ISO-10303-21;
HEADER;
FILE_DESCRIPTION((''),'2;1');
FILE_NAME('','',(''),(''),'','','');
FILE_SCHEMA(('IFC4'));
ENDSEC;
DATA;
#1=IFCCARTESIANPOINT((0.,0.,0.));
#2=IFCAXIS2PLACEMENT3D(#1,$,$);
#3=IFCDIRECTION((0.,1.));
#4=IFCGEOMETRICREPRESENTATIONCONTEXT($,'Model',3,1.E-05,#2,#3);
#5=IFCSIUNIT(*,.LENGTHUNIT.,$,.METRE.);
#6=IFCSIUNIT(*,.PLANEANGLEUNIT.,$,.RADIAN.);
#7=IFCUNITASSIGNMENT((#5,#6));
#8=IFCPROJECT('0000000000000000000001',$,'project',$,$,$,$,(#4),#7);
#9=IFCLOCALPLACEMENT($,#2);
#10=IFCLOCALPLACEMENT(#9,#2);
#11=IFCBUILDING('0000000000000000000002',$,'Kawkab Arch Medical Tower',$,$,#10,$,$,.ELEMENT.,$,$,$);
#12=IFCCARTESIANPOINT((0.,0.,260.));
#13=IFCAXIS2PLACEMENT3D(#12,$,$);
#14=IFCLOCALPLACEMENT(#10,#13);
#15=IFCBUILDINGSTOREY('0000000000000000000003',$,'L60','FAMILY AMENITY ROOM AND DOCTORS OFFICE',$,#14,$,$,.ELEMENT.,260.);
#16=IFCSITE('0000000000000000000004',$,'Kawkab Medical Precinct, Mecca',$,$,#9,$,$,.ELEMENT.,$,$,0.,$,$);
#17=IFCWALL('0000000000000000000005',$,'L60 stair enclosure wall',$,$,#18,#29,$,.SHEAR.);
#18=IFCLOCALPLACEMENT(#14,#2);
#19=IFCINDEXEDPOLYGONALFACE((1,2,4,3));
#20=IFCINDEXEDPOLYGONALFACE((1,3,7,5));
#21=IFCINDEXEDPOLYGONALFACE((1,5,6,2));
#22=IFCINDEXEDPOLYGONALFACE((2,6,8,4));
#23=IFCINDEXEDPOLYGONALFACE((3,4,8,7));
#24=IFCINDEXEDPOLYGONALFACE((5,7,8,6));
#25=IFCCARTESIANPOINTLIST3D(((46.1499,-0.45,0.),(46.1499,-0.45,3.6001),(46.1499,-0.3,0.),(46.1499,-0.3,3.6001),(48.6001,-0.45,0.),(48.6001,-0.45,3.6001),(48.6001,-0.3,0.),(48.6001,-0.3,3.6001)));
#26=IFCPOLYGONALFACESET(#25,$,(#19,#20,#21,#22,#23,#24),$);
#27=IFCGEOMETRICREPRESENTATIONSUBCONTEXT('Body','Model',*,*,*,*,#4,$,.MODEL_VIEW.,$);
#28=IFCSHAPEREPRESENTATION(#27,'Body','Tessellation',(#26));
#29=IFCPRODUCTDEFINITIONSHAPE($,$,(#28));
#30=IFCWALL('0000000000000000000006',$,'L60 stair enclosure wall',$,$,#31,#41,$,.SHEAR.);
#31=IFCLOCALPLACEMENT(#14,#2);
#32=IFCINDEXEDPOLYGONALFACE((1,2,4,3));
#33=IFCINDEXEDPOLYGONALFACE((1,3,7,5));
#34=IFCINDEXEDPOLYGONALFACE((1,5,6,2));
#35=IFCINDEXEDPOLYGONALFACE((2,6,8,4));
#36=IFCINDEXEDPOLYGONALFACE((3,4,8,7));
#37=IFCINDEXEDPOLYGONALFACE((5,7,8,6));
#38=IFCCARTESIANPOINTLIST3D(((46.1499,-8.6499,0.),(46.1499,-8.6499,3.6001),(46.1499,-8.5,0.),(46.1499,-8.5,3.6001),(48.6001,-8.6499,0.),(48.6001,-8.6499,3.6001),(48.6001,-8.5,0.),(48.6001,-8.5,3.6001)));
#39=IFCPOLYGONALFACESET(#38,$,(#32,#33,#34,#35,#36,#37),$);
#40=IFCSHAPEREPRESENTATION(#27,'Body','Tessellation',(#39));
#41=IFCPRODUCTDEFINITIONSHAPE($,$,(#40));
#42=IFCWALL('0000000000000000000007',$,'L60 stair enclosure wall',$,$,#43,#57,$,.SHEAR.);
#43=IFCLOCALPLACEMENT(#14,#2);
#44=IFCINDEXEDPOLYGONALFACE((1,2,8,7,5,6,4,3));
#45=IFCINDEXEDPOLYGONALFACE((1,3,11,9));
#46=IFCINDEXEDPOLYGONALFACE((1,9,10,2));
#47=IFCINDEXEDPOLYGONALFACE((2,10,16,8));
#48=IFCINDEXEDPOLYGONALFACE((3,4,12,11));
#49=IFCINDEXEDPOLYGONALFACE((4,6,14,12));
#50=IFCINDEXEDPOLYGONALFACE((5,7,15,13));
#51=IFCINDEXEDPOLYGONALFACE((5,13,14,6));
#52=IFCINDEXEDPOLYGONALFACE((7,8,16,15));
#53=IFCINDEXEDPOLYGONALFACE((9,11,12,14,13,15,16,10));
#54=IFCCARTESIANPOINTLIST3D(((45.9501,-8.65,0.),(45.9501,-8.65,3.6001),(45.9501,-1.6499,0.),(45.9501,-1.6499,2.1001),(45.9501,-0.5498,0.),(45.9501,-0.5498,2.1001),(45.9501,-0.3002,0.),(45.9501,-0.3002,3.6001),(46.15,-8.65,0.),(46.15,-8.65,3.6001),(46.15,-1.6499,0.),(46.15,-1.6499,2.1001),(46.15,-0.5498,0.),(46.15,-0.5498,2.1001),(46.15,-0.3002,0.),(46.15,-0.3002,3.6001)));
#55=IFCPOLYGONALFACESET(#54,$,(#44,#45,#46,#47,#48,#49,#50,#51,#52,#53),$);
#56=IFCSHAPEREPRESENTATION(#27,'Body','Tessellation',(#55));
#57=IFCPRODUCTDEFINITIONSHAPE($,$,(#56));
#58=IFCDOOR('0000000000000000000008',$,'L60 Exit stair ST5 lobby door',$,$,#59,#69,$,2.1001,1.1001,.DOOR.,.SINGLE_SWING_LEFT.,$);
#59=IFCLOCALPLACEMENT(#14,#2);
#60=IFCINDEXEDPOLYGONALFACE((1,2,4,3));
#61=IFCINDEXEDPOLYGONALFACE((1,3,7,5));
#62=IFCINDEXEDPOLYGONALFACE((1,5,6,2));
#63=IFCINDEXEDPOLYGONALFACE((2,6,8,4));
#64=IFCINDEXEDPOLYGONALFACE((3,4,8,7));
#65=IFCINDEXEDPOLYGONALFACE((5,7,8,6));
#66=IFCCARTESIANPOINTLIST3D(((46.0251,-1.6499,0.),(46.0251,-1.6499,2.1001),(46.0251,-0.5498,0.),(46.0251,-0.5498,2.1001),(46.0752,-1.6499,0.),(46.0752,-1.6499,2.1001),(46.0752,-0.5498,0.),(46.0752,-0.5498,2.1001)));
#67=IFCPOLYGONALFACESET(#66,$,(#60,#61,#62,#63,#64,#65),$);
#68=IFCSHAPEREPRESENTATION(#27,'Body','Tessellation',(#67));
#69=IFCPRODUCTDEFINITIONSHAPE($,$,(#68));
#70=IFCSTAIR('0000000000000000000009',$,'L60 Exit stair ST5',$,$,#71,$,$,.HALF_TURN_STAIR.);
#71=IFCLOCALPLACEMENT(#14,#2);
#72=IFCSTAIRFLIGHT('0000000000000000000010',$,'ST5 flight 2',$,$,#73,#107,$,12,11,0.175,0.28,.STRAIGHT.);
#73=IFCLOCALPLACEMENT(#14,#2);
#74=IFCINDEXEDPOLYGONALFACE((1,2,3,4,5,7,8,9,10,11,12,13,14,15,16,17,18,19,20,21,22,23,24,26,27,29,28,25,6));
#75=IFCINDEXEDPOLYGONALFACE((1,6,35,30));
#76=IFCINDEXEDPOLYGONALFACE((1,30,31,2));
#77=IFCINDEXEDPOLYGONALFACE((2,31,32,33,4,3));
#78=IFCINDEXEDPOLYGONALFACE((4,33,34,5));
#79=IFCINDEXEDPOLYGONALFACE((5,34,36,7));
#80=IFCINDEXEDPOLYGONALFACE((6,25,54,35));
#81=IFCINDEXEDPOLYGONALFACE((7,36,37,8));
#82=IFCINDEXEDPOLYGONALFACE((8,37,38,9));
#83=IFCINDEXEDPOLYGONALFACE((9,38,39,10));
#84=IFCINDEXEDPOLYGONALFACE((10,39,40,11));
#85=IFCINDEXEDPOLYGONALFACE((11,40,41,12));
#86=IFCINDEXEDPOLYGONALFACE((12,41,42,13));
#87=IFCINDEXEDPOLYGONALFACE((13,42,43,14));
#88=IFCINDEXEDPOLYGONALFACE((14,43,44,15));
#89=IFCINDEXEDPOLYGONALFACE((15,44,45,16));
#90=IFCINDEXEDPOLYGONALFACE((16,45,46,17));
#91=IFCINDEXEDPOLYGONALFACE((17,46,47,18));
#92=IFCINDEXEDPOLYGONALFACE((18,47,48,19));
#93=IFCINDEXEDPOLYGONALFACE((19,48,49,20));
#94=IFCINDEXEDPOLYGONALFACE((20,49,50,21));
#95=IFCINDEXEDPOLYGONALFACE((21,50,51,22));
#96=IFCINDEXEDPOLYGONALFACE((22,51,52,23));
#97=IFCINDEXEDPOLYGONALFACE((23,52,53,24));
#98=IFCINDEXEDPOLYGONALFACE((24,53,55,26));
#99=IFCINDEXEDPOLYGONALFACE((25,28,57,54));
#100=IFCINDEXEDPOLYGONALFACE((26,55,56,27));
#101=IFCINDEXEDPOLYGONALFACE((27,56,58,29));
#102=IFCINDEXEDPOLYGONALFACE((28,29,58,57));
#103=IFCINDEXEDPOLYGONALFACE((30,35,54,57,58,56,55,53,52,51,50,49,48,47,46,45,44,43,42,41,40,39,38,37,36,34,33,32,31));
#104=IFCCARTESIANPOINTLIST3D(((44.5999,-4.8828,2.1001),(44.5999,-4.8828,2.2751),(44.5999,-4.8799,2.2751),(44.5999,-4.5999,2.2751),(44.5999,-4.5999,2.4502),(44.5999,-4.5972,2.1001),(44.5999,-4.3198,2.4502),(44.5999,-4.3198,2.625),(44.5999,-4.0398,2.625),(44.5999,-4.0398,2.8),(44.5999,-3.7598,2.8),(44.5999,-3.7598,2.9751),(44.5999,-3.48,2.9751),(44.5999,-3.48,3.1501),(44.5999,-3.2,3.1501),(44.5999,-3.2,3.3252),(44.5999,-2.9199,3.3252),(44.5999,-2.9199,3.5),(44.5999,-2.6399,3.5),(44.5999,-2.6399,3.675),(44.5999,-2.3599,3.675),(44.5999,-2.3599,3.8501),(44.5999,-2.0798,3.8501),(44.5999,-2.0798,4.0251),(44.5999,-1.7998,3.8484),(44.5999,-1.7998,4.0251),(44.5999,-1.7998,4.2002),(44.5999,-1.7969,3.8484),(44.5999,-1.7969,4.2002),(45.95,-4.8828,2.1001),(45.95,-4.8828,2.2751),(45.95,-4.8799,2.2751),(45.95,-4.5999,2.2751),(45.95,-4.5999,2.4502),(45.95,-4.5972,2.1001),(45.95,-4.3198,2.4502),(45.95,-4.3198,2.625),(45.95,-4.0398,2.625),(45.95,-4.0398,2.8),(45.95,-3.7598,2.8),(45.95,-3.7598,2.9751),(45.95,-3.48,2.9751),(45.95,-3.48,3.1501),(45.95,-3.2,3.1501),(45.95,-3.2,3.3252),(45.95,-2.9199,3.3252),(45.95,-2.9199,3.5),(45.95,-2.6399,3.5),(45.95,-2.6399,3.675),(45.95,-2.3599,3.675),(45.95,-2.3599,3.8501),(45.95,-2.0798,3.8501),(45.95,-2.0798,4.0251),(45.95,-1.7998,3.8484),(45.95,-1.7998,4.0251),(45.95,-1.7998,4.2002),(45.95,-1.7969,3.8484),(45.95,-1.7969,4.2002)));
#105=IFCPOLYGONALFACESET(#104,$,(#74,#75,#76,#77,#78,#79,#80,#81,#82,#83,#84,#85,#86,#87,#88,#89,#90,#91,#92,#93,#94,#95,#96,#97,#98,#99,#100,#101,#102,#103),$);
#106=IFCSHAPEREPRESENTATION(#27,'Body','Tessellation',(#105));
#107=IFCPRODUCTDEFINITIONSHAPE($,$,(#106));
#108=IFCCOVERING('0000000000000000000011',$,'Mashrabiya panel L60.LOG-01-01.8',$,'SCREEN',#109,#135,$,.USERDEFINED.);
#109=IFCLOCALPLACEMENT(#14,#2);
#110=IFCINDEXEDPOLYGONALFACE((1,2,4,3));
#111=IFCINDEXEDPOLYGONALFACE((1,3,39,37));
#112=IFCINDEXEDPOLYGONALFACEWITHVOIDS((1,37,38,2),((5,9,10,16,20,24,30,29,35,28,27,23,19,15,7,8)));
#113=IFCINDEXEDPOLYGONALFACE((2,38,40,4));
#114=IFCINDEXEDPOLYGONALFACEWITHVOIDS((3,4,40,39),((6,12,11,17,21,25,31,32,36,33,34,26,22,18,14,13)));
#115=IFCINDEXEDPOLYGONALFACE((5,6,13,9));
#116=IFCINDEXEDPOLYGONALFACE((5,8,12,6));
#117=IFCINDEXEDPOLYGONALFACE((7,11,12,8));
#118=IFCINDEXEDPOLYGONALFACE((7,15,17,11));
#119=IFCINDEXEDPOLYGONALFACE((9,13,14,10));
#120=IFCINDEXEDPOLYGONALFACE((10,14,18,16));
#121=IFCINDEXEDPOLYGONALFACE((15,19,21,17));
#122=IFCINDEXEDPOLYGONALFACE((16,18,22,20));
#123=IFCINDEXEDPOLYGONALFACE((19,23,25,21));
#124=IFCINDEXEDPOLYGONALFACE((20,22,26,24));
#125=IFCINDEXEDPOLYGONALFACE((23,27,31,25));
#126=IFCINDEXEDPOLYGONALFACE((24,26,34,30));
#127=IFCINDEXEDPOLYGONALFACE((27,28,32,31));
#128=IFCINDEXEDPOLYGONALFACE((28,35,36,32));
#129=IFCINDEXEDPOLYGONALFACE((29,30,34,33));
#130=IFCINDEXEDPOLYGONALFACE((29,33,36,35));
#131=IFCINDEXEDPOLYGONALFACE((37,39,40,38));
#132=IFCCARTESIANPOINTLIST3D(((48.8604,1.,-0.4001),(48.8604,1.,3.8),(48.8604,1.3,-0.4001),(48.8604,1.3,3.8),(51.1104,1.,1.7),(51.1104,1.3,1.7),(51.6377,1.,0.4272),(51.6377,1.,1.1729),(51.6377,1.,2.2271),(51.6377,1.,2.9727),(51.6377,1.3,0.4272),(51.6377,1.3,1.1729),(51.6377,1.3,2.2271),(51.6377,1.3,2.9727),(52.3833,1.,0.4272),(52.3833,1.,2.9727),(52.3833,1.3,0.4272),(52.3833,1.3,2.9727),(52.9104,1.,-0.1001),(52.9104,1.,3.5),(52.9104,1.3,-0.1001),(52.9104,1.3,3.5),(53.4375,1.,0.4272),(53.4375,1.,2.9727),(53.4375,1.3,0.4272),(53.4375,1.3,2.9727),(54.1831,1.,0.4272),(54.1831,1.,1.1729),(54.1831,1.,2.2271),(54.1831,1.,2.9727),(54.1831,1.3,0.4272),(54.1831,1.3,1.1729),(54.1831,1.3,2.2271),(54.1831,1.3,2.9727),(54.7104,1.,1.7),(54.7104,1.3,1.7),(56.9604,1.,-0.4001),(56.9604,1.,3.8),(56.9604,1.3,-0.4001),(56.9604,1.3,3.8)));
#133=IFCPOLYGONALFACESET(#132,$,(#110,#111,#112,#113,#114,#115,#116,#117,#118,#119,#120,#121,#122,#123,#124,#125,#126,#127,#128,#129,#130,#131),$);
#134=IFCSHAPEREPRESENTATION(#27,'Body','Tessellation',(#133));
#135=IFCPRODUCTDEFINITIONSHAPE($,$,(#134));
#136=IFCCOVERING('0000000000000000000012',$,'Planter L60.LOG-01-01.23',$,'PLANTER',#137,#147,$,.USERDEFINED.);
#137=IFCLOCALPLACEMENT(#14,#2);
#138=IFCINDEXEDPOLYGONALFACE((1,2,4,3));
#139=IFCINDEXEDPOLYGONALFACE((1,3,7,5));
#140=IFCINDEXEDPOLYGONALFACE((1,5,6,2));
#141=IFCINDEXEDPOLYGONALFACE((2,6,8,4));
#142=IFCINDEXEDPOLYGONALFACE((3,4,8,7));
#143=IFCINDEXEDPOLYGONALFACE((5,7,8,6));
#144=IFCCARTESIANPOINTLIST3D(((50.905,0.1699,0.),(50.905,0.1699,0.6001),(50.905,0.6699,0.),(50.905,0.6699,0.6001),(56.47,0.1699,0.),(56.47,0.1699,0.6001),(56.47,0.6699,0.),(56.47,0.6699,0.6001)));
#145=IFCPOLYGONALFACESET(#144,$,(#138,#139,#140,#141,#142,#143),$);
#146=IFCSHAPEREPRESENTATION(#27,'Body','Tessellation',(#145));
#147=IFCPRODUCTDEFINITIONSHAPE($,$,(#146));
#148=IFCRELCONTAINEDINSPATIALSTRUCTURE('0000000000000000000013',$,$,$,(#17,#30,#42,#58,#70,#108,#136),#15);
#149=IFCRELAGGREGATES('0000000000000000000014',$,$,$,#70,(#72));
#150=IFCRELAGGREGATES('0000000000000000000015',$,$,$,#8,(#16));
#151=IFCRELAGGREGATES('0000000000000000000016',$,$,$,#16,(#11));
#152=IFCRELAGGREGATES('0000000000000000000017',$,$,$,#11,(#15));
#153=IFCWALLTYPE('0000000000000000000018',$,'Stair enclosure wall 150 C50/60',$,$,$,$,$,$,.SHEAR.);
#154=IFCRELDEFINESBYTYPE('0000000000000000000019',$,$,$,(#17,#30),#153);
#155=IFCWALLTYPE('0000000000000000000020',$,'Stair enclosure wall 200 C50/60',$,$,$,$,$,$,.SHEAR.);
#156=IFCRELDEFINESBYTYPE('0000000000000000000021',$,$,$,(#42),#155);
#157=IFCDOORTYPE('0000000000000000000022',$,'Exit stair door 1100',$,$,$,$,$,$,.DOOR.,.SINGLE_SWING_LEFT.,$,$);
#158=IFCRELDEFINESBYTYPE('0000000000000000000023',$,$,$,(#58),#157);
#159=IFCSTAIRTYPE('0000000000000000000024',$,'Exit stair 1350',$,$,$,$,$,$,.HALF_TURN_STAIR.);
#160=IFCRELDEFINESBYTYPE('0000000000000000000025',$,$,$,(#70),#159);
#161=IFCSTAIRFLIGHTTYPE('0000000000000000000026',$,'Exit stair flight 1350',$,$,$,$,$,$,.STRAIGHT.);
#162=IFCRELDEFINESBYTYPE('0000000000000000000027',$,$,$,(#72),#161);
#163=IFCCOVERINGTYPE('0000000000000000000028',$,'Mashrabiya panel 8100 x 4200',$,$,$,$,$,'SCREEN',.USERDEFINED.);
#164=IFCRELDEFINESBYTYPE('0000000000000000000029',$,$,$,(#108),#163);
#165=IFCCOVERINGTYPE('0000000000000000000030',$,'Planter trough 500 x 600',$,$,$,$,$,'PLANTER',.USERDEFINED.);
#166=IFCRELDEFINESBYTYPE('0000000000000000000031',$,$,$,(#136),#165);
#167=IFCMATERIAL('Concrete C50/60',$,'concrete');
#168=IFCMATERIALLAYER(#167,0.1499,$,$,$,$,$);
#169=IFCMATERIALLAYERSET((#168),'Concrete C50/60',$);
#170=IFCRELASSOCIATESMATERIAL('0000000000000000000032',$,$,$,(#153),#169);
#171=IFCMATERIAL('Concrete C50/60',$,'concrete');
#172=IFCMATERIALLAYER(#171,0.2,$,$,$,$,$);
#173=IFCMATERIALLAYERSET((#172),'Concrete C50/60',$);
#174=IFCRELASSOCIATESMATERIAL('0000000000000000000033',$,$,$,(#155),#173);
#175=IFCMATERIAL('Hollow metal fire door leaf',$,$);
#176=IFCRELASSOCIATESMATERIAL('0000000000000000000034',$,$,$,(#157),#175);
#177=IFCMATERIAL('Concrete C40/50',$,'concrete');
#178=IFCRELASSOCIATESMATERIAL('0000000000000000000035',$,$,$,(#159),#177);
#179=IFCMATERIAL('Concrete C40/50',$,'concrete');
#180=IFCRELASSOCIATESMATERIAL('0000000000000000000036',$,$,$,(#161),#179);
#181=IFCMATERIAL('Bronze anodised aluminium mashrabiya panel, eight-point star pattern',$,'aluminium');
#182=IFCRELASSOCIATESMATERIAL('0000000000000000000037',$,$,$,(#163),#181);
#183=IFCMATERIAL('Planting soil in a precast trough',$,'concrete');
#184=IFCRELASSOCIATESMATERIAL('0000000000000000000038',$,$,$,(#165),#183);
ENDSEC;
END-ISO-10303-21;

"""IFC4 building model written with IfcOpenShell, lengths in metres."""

from ifc_helpers import new_model, si_unit, direction, frame, frame_2d, origin, origin_2d, place, context, subcontext, project, spatial, polyline, rectangle, outline, extrude, material, layer, layer_set, material_profile, profile_set, type_object, element, fill, aggregate, save


model = new_model("IFC4")

# Units and contexts
model_context = context("Model", 3, precision=1e-05, world=origin(), true_north=direction((0.0, 1.0)))
body_context = subcontext(model_context, "Body", "Model", "MODEL_VIEW")
ifc_project = project(units=[si_unit("LENGTHUNIT", "METRE"), si_unit("PLANEANGLEUNIT", "RADIAN")], contexts=[model_context])

# Site, building, storey
site_placement = place(None, origin())
site = spatial("IfcSite", under=ifc_project, at=site_placement, Name="Kawkab Medical Precinct, Mecca", CompositionType="ELEMENT", RefElevation=0.0)
building_placement = place(site_placement, origin())
building = spatial("IfcBuilding", under=site, at=building_placement, Name="Kawkab Arch Medical Tower", CompositionType="ELEMENT")
storey_placement = place(building_placement, frame((0.0, 0.0, 260.0)))
storey = spatial("IfcBuildingStorey", under=building, at=storey_placement, Name="L60", Description="FAMILY AMENITY ROOM AND DOCTORS OFFICE", CompositionType="ELEMENT", Elevation=260.0)

# Shared definitions
placement = place(storey_placement, origin())

# Walls
ifc_material_1 = material(Name="Concrete C50/60", Category="concrete")
ifc_layer_1 = layer(ifc_material_1, 0.1499)
ifc_layer_set_1 = layer_set([ifc_layer_1], Name="Concrete C50/60")
wall_type_1 = type_object("IfcWallType", Name="Stair enclosure wall 150 C50/60", PredefinedType="SHEAR", material=ifc_layer_set_1)
for number, where, z_axis, x_axis, name in (
    (1, (46.1499, -0.375, 0.0), (0.0, 0.0, 1.0), (1.0, 0.0, 0.0), "L60 stair enclosure wall"),
    (2, (46.1499, -8.575, 0.0), (0.0, 0.0, 1.0), (1.0, 0.0, 0.0), "L60 stair enclosure wall"),
):
    element("IfcWall", number, at=place(storey_placement, frame(where, z_axis=z_axis, x_axis=x_axis)), inside=storey, type_object=wall_type_1, Name=name, PredefinedType="SHEAR", context=body_context, shape_type="SweptSolid", body=[
        extrude(rectangle(XDim=2.4502, YDim=0.1499, at=frame_2d((1.2251, 0.0))), origin(), (0.0, 0.0, 1.0), 3.6001),
    ])

# Wall, opening, door
ifc_material_2 = material(Name="Concrete C50/60", Category="concrete")
ifc_layer_2 = layer(ifc_material_2, 0.2)
ifc_layer_set_2 = layer_set([ifc_layer_2], Name="Concrete C50/60")
wall_type_2 = type_object("IfcWallType", Name="Stair enclosure wall 200 C50/60", PredefinedType="SHEAR", material=ifc_layer_set_2)
wall_1_placement = place(storey_placement, frame((46.05, -8.6499, 0.0), z_axis=(0.0, 0.0, 1.0), x_axis=(0.0, 1.0, 0.0)))
wall_1 = element("IfcWall", 3, at=wall_1_placement, inside=storey, type_object=wall_type_2, Name="L60 stair enclosure wall", PredefinedType="SHEAR", context=body_context, shape_type="SweptSolid", body=[
    extrude(rectangle(XDim=8.3499, YDim=0.2, at=frame_2d((4.1748, 0.0))), origin(), (0.0, 0.0, 1.0), 3.6001),
])
opening_1_placement = place(wall_1_placement, frame((7.0, 0.0, 0.0)))
opening_1 = element("IfcOpeningElement", 4, at=opening_1_placement, cuts=wall_1, PredefinedType="OPENING", context=body_context, shape_type="SweptSolid", body=[
    extrude(rectangle(XDim=1.1001, YDim=2.1001, at=frame_2d((0.55, 1.05))), frame((0.0, 0.1099, 0.0), z_axis=(0.0, -1.0, 0.0), x_axis=(1.0, 0.0, 0.0)), (0.0, 0.0, 1.0), 0.22),
])
ifc_material_3 = material(Name="Hollow metal fire door leaf")
door_type_1 = type_object("IfcDoorType", Name="Exit stair door 1100", OperationType="SINGLE_SWING_LEFT", PredefinedType="DOOR", material=ifc_material_3)
door_1_placement = place(opening_1_placement, origin())
door_1 = element("IfcDoor", 5, at=door_1_placement, inside=storey, type_object=door_type_1, Name="L60 Exit stair ST5 lobby door", OperationType="SINGLE_SWING_LEFT", OverallHeight=2.1001, OverallWidth=1.1001, PredefinedType="DOOR", context=body_context, shape_type="SweptSolid", body=[
    extrude(rectangle(XDim=1.1001, YDim=2.1001, at=frame_2d((0.55, 1.05))), frame((0.0, 0.0249, 0.0), z_axis=(0.0, -1.0, 0.0), x_axis=(1.0, 0.0, 0.0)), (0.0, 0.0, 1.0), 0.05),
])
fill(opening_1, door_1)

# Stair, stair flight
ifc_material_4 = material(Name="Concrete C40/50", Category="concrete")
stair_type = type_object("IfcStairType", Name="Exit stair 1350", PredefinedType="HALF_TURN_STAIR", material=ifc_material_4)
stair = element("IfcStair", 6, at=placement, inside=storey, type_object=stair_type, Name="L60 Exit stair ST5", PredefinedType="HALF_TURN_STAIR")
ifc_material_5 = material(Name="Concrete C40/50", Category="concrete")
stair_flight_type = type_object("IfcStairFlightType", Name="Exit stair flight 1350", PredefinedType="STRAIGHT", material=ifc_material_5)
stair_flight_placement = place(storey_placement, frame((45.2749, -4.8799, 2.1001), z_axis=(0.0, 0.0, 1.0), x_axis=(0.0, 1.0, 0.0)))
stair_flight = element("IfcStairFlight", 7, at=stair_flight_placement, type_object=stair_flight_type, Name="ST5 flight 2", NumberOfRisers=12, NumberOfTreads=11, PredefinedType="STRAIGHT", RiserHeight=0.175, TreadLength=0.28, context=body_context, shape_type="SweptSolid", body=[
    extrude(outline(polyline([(-0.0029, 0.0), (-0.0029, 0.175), (0.0, 0.175), (0.28, 0.175), (0.28, 0.3501), (0.5601, 0.3501), (0.5601, 0.5249), (0.8401, 0.5249), (0.8401, 0.7), (1.1201, 0.7), (1.1201, 0.875), (1.3999, 0.875), (1.3999, 1.05), (1.6799, 1.05), (1.6799, 1.2251), (1.96, 1.2251), (1.96, 1.3999), (2.24, 1.3999), (2.24, 1.575), (2.52, 1.575), (2.52, 1.75), (2.8, 1.75), (2.8, 1.925), (3.0801, 1.925), (3.0801, 2.1001), (3.083, 2.1001), (3.083, 1.7483), (3.0801, 1.7483), (0.2827, 0.0), (-0.0029, 0.0)])), frame((0.0, 0.675, 0.0), z_axis=(0.0, -1.0, 0.0), x_axis=(1.0, 0.0, 0.0)), (0.0, 0.0, 1.0), 1.3501),
])
aggregate(stair, [stair_flight])

# Coverings
ifc_material_6 = material(Name="Bronze anodised aluminium mashrabiya panel, eight-point star pattern", Category="aluminium")
ifc_material_profile_1 = material_profile(ifc_material_6, outline(polyline([(-4.05, -2.1001), (4.05, -2.1001), (4.05, 2.1001), (-4.05, 2.1001), (-4.05, -2.1001)]), holes=[polyline([(1.8, 0.0), (1.2727, 0.5271), (1.2727, 1.2727), (0.5271, 1.2727), (0.0, 1.8), (-0.5271, 1.2727), (-1.2727, 1.2727), (-1.2727, 0.5271), (-1.8, 0.0), (-1.2727, -0.5271), (-1.2727, -1.2727), (-0.5271, -1.2727), (0.0, -1.8), (0.5271, -1.2727), (1.2727, -1.2727), (1.2727, -0.5271), (1.8, 0.0)])]), Name="Mashrabiya panel 8100x4200")
ifc_profile_set_1 = profile_set([ifc_material_profile_1], Name="Bronze anodised aluminium mashrabiya panel, eight-point star pattern")
covering_type_1 = type_object("IfcCoveringType", Name="Mashrabiya panel 8100 x 4200", ElementType="SCREEN", PredefinedType="USERDEFINED", material=ifc_profile_set_1)
covering_1_placement = place(storey_placement, frame((52.9104, 1.0, 1.7), z_axis=(0.0, 1.0, 0.0), x_axis=(-1.0, 0.0, 0.0)))
element("IfcCovering", 8, at=covering_1_placement, inside=storey, type_object=covering_type_1, Name="Mashrabiya panel L60.LOG-01-01.8", ObjectType="SCREEN", PredefinedType="USERDEFINED", context=body_context, shape_type="SweptSolid", body=[
    extrude(outline(polyline([(-4.05, -2.1001), (4.05, -2.1001), (4.05, 2.1001), (-4.05, 2.1001), (-4.05, -2.1001)]), holes=[polyline([(1.8, 0.0), (1.2727, 0.5271), (1.2727, 1.2727), (0.5271, 1.2727), (0.0, 1.8), (-0.5271, 1.2727), (-1.2727, 1.2727), (-1.2727, 0.5271), (-1.8, 0.0), (-1.2727, -0.5271), (-1.2727, -1.2727), (-0.5271, -1.2727), (0.0, -1.8), (0.5271, -1.2727), (1.2727, -1.2727), (1.2727, -0.5271), (1.8, 0.0)])]), origin(), (0.0, 0.0, 1.0), 0.3),
])
ifc_material_7 = material(Name="Planting soil in a precast trough", Category="concrete")
ifc_material_profile_2 = material_profile(ifc_material_7, rectangle(XDim=0.5, YDim=0.6001, at=origin_2d()), Name="Trough 500x600")
ifc_profile_set_2 = profile_set([ifc_material_profile_2], Name="Planting soil in a precast trough")
covering_type_2 = type_object("IfcCoveringType", Name="Planter trough 500 x 600", ElementType="PLANTER", PredefinedType="USERDEFINED", material=ifc_profile_set_2)
covering_2_placement = place(storey_placement, frame((50.905, 0.4199, 0.3), z_axis=(1.0, 0.0, 0.0), x_axis=(0.0, 1.0, 0.0)))
element("IfcCovering", 9, at=covering_2_placement, inside=storey, type_object=covering_type_2, Name="Planter L60.LOG-01-01.23", ObjectType="PLANTER", PredefinedType="USERDEFINED", context=body_context, shape_type="SweptSolid", body=[
    extrude(rectangle(XDim=0.5, YDim=0.6001, at=origin_2d()), origin(), (0.0, 0.0, 1.0), 5.5649),
])

save(model, "model.ifc")
